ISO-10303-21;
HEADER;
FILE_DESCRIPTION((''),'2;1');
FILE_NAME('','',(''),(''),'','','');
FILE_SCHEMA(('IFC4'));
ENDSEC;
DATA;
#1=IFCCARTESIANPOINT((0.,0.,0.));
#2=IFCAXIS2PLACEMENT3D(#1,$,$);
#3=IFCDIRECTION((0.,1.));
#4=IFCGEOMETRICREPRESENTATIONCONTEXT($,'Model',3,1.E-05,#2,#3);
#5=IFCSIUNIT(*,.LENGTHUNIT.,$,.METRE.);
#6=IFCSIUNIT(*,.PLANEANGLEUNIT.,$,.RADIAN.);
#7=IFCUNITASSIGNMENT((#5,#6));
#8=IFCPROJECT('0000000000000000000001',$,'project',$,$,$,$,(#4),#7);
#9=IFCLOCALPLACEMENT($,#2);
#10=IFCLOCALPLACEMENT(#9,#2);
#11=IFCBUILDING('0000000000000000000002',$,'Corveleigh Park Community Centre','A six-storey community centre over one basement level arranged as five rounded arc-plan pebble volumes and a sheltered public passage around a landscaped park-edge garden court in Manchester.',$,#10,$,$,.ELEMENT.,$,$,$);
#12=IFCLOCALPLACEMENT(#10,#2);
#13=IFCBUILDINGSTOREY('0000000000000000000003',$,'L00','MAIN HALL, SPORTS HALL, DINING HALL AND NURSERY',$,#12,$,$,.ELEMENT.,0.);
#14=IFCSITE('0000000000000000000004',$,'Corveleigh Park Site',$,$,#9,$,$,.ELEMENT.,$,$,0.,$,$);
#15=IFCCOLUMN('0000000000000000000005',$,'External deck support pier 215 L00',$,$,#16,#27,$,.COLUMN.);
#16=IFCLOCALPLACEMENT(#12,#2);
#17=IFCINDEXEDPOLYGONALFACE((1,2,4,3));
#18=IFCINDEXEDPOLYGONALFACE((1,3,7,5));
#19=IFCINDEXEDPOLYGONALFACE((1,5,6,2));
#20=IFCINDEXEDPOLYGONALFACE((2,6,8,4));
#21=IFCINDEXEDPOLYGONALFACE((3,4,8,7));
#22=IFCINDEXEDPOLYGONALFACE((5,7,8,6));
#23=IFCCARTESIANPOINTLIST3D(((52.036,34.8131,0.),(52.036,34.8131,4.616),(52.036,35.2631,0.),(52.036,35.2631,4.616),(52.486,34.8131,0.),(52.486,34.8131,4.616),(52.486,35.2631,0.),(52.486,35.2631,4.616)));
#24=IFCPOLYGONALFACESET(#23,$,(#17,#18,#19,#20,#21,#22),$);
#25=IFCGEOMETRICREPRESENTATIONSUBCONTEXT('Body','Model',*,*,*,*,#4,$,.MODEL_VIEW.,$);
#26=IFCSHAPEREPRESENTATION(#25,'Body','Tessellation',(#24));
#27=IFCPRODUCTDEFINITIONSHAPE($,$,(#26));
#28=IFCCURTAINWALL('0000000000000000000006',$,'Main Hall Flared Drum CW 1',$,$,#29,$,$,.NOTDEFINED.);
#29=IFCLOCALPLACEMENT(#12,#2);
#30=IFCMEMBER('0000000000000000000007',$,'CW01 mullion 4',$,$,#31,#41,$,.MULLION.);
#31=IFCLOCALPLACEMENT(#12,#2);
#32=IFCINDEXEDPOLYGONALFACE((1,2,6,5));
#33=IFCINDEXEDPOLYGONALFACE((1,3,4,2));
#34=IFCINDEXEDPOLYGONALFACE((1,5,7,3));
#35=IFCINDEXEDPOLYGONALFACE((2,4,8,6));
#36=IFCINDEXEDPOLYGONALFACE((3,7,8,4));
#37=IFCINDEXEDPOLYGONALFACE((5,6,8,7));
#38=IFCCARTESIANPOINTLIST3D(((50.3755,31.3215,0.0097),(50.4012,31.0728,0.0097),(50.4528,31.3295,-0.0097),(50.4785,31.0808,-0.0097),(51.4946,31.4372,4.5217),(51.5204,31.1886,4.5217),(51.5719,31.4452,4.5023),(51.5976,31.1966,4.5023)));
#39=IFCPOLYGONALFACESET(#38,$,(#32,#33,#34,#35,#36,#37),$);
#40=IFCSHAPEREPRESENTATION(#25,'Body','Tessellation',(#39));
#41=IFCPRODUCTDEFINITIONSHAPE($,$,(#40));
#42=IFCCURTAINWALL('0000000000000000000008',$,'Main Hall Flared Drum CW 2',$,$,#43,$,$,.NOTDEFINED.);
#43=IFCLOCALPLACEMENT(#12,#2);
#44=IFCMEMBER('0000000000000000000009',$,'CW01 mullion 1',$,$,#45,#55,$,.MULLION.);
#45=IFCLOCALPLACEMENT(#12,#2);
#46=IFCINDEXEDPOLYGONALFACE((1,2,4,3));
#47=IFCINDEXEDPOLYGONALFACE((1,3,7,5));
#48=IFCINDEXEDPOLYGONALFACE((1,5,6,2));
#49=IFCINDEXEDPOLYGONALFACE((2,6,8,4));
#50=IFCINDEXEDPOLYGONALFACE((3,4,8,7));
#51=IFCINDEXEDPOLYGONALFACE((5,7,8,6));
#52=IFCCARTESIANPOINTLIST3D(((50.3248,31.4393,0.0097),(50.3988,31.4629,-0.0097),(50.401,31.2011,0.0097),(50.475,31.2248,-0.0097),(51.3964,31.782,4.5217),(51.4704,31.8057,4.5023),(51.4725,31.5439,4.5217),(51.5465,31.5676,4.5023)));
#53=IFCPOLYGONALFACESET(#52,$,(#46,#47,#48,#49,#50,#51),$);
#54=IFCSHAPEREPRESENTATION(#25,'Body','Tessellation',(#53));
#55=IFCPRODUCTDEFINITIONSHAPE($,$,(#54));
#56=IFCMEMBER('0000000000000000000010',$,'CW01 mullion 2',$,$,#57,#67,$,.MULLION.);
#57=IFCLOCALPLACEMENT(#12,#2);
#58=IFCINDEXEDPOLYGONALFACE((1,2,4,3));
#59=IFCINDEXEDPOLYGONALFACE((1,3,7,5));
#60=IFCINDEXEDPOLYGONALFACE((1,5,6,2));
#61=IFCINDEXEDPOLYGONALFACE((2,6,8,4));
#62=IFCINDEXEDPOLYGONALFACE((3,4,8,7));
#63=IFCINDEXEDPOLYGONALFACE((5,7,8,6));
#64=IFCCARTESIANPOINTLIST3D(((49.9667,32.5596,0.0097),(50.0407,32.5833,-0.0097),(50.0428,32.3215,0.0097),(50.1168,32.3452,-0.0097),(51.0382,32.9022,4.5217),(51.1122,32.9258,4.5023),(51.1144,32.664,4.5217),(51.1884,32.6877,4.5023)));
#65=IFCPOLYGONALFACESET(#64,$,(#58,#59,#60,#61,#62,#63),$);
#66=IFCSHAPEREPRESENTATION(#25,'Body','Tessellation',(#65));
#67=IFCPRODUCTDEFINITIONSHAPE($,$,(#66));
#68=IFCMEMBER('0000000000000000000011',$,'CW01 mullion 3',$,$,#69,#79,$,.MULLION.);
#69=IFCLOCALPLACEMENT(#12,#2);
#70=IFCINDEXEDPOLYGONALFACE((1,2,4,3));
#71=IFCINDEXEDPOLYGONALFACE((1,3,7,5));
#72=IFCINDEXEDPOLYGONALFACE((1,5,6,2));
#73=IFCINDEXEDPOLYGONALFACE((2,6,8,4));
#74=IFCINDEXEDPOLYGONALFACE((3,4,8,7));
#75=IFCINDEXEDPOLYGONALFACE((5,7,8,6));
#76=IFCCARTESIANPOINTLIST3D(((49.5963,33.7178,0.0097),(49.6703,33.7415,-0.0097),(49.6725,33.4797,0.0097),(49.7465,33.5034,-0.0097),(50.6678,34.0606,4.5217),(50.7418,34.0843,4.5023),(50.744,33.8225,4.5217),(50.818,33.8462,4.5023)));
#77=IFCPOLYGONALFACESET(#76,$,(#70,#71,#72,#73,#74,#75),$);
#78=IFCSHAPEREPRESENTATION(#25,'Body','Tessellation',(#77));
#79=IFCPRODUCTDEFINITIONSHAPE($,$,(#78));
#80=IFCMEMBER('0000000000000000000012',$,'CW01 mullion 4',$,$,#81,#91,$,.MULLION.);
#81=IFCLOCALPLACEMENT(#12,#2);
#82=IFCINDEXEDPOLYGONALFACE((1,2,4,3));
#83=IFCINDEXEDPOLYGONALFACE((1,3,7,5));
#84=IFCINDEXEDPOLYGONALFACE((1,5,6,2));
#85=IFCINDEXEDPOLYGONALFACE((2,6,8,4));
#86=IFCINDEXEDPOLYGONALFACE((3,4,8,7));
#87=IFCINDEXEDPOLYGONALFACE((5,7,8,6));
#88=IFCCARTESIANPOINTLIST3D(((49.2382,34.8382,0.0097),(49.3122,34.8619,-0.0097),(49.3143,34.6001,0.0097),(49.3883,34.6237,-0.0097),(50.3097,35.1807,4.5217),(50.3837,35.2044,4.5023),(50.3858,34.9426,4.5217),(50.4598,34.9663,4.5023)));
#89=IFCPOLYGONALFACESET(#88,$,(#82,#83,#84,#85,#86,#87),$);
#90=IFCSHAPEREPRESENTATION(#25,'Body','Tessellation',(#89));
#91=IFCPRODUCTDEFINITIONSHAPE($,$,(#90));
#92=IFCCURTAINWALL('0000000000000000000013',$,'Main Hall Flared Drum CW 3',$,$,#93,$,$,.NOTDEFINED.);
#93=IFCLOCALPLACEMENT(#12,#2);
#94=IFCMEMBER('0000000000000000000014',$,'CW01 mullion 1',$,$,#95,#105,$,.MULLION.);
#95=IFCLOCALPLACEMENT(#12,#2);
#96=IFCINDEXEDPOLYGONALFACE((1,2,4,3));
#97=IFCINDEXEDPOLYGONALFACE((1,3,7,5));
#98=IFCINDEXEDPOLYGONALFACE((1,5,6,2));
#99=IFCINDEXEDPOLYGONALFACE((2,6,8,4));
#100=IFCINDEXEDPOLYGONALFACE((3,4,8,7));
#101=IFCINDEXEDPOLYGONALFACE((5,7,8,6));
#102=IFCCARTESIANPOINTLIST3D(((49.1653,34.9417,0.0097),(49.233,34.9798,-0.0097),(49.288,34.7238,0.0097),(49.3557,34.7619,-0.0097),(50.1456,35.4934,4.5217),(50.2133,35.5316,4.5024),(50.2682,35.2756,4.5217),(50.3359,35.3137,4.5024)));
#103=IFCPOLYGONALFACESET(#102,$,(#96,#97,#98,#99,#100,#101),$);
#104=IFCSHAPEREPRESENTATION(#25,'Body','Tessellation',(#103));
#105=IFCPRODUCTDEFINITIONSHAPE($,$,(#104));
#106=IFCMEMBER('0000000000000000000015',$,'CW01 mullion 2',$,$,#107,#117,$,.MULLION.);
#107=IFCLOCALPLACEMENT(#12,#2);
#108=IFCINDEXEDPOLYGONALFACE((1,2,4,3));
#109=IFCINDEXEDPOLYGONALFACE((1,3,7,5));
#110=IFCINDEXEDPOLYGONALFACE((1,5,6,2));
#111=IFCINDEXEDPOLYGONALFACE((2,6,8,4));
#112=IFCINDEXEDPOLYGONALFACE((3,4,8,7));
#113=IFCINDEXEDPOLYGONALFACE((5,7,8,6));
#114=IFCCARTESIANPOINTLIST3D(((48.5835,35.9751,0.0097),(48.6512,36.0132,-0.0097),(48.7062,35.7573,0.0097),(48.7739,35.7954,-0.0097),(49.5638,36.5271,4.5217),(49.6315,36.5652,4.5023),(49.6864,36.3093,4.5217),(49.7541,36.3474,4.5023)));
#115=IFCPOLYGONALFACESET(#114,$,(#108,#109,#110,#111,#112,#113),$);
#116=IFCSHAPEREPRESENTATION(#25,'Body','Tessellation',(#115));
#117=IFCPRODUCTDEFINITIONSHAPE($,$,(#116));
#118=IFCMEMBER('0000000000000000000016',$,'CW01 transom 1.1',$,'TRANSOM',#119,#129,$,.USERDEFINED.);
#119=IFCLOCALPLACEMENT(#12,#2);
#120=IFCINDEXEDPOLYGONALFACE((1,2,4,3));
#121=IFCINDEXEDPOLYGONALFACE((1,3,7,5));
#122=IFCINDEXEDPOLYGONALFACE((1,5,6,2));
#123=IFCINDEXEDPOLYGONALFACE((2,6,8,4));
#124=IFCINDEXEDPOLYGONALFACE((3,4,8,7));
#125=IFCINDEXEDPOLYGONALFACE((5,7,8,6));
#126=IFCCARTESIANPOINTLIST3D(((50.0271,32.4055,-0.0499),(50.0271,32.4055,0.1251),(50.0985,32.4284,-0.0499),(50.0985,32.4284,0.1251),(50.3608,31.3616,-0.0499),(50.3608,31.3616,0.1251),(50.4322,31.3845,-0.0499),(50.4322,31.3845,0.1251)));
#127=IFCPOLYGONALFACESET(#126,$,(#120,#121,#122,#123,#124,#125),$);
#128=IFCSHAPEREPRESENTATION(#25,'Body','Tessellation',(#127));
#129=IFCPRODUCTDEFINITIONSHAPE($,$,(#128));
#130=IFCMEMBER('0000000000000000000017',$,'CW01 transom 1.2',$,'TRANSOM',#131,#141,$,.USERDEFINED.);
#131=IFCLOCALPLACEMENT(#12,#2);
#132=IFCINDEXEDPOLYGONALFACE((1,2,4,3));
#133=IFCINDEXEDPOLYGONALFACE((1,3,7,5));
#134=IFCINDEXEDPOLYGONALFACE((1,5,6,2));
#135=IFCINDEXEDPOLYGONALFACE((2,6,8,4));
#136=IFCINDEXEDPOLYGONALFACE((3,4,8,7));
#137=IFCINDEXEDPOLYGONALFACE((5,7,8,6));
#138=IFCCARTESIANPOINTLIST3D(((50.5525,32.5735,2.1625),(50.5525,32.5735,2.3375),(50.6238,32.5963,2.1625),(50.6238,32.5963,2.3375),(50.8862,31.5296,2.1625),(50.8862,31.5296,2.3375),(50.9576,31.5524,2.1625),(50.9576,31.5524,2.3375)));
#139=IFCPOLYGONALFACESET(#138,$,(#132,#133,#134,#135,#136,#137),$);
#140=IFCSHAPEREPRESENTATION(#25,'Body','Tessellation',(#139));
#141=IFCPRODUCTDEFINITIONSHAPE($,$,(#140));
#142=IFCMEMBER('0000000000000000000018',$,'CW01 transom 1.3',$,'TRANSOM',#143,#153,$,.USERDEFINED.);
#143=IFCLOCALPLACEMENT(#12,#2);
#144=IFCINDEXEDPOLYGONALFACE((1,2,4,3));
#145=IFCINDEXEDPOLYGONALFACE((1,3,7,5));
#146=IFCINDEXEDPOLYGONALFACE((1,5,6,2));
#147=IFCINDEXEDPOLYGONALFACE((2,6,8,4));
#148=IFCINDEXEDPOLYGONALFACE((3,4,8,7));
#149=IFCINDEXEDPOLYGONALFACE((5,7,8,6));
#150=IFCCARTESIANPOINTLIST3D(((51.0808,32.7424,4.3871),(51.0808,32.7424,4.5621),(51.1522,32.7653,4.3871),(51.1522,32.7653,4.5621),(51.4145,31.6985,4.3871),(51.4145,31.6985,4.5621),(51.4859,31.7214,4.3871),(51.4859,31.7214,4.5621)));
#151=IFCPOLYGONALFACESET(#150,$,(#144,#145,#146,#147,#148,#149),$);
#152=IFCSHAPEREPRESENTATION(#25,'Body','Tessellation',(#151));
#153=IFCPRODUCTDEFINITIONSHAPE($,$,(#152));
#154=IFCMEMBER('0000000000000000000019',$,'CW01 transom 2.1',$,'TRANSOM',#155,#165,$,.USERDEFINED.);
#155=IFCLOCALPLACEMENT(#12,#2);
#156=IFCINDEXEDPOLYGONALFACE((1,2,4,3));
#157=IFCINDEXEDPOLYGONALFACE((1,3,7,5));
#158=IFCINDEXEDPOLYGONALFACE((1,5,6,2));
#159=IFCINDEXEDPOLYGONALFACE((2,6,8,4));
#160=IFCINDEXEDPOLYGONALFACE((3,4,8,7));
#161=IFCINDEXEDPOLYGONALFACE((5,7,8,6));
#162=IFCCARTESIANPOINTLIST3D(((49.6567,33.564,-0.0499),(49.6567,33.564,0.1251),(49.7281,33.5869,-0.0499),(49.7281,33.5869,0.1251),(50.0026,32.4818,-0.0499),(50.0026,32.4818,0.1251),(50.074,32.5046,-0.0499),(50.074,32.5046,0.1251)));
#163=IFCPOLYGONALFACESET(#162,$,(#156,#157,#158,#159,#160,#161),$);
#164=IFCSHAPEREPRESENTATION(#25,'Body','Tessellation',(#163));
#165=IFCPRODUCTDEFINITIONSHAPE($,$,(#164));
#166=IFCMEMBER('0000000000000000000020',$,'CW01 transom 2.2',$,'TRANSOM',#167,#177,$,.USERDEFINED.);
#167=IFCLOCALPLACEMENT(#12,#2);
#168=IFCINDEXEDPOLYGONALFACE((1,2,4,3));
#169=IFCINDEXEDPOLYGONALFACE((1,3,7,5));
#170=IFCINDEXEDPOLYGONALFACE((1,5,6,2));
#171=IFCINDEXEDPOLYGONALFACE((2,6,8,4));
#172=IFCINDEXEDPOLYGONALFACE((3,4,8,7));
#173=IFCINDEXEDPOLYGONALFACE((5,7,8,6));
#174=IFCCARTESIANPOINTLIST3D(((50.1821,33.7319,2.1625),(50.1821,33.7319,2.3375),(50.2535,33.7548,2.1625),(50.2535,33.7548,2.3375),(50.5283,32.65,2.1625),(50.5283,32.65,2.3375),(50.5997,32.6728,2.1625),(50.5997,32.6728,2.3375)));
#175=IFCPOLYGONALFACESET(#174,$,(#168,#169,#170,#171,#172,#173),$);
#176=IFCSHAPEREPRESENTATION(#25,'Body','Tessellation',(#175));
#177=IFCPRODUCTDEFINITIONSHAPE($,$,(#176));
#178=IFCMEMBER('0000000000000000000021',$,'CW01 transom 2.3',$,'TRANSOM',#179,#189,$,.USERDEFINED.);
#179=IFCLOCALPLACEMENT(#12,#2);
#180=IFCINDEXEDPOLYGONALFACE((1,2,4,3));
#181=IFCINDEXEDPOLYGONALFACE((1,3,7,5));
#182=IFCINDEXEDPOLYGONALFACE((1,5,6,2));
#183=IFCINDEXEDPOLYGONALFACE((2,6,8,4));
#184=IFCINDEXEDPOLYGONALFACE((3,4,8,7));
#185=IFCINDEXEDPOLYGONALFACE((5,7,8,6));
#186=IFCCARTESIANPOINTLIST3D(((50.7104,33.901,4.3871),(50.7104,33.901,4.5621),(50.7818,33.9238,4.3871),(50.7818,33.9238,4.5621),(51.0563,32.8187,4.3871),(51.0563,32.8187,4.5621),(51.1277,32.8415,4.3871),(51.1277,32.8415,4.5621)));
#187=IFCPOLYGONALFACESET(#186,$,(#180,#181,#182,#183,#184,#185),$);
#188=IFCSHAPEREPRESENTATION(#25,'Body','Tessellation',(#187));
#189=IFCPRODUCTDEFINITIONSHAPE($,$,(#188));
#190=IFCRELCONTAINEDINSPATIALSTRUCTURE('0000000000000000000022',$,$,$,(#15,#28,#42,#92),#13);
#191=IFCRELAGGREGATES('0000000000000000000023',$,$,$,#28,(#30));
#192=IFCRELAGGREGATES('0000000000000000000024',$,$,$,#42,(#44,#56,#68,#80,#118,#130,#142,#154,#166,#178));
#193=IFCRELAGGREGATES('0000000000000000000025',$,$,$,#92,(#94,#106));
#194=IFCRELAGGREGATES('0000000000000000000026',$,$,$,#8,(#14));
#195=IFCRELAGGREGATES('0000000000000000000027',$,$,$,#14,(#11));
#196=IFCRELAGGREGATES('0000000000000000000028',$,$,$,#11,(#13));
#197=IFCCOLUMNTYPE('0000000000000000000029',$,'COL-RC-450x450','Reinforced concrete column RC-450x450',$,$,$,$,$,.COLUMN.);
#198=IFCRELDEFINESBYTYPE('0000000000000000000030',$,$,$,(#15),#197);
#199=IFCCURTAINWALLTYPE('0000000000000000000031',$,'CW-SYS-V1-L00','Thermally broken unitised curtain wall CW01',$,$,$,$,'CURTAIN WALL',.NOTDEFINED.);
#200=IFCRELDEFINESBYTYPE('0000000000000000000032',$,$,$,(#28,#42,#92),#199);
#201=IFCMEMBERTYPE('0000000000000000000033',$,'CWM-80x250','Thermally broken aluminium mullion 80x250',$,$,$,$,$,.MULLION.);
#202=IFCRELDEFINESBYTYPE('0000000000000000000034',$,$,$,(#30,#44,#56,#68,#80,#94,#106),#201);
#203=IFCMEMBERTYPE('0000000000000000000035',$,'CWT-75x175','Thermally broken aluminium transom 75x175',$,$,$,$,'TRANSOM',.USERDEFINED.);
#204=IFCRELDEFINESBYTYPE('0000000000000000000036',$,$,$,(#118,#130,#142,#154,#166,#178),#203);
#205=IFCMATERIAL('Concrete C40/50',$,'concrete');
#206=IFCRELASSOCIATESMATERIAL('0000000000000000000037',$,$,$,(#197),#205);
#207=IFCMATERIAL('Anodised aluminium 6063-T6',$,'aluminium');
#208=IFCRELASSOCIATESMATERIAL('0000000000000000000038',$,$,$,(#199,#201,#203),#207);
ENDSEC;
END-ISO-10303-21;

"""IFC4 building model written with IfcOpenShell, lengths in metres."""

from ifc_helpers import new_model, si_unit, direction, frame, origin, origin_2d, place, context, subcontext, project, spatial, rectangle, extrude, material, material_profile, profile_set, type_object, element, aggregate, save


model = new_model("IFC4")

# Units and contexts
model_context = context("Model", 3, precision=1e-05, world=origin(), true_north=direction((0.0, 1.0)))
body_context = subcontext(model_context, "Body", "Model", "MODEL_VIEW")
ifc_project = project(units=[si_unit("LENGTHUNIT", "METRE"), si_unit("PLANEANGLEUNIT", "RADIAN")], contexts=[model_context])

# Site, building, storey
site_placement = place(None, origin())
site = spatial("IfcSite", under=ifc_project, at=site_placement, Name="Corveleigh Park Site", CompositionType="ELEMENT", RefElevation=0.0)
building_placement = place(site_placement, origin())
building = spatial("IfcBuilding", under=site, at=building_placement, Name="Corveleigh Park Community Centre", Description="A six-storey community centre over one basement level arranged as five rounded arc-plan pebble volumes and a sheltered public passage around a landscaped park-edge garden court in Manchester.", CompositionType="ELEMENT")
storey_placement = place(building_placement, origin())
storey = spatial("IfcBuildingStorey", under=building, at=storey_placement, Name="L00", Description="MAIN HALL, SPORTS HALL, DINING HALL AND NURSERY", CompositionType="ELEMENT", Elevation=0.0)

# Column
ifc_material_1 = material(Name="Concrete C40/50", Category="concrete")
ifc_material_profile_1 = material_profile(ifc_material_1, rectangle(XDim=0.45, YDim=0.45, at=origin_2d()), Name="RC-450x450", Category="concrete")
ifc_profile_set_1 = profile_set([ifc_material_profile_1], Name="Concrete C40/50")
column_type = type_object("IfcColumnType", Name="COL-RC-450x450", Description="Reinforced concrete column RC-450x450", PredefinedType="COLUMN", material=ifc_profile_set_1)
column_placement = place(storey_placement, frame((52.261, 35.0381, 0.0), z_axis=(0.0, 0.0, 1.0), x_axis=(1.0, 0.0, 0.0)))
element("IfcColumn", 1, at=column_placement, inside=storey, type_object=column_type, Name="External deck support pier 215 L00", PredefinedType="COLUMN", context=body_context, shape_type="SweptSolid", body=[
    extrude(rectangle(XDim=0.45, YDim=0.45, at=origin_2d()), origin(), (0.0, 0.0, 1.0), 4.616),
])

# Curtain wall, member
ifc_material_2 = material(Name="Anodised aluminium 6063-T6", Category="aluminium")
curtain_wall_type = type_object("IfcCurtainWallType", Name="CW-SYS-V1-L00", Description="Thermally broken unitised curtain wall CW01", ElementType="CURTAIN WALL", PredefinedType="NOTDEFINED", material=ifc_material_2)
curtain_wall_1_placement = place(storey_placement, origin())
curtain_wall_1 = element("IfcCurtainWall", 2, at=curtain_wall_1_placement, inside=storey, type_object=curtain_wall_type, Name="Main Hall Flared Drum CW 1", PredefinedType="NOTDEFINED")
ifc_material_profile_2 = material_profile(ifc_material_2, rectangle(XDim=0.0801, YDim=0.25, at=origin_2d()), Name="ALU-M80x250", Category="aluminium")
ifc_profile_set_2 = profile_set([ifc_material_profile_2], Name="Anodised aluminium 6063-T6")
member_type_1 = type_object("IfcMemberType", Name="CWM-80x250", Description="Thermally broken aluminium mullion 80x250", PredefinedType="MULLION", material=ifc_profile_set_2)
member_1_placement = place(storey_placement, frame((50.427, 31.2012, 0.0), z_axis=(0.240669, 0.024886, 0.970288), x_axis=(-0.965142, -0.099799, 0.241952)))
member_1 = element("IfcMember", 3, at=member_1_placement, type_object=member_type_1, Name="CW01 mullion 4", PredefinedType="MULLION", context=body_context, shape_type="SweptSolid", body=[
    extrude(rectangle(XDim=0.0801, YDim=0.25, at=origin_2d()), origin(), (0.0, 0.0, 1.0), 4.6501),
])
aggregate(curtain_wall_1, [member_1])

# Curtain walls, members
curtain_wall_2_placement = place(storey_placement, origin())
curtain_wall_2 = element("IfcCurtainWall", 4, at=curtain_wall_2_placement, inside=storey, type_object=curtain_wall_type, Name="Main Hall Flared Drum CW 2", PredefinedType="NOTDEFINED")
member_2_placement = place(storey_placement, frame((50.3999, 31.332, 0.0), z_axis=(0.230432, 0.073713, 0.970292), x_axis=(-0.924159, -0.29563, 0.241935)))
member_2 = element("IfcMember", 5, at=member_2_placement, type_object=member_type_1, Name="CW01 mullion 1", PredefinedType="MULLION", context=body_context, shape_type="SweptSolid", body=[
    extrude(rectangle(XDim=0.0801, YDim=0.25, at=origin_2d()), origin(), (0.0, 0.0, 1.0), 4.6501),
])
member_3_placement = place(storey_placement, frame((50.0417, 32.4524, 0.0), z_axis=(0.230433, 0.073661, 0.970296), x_axis=(-0.924224, -0.29544, 0.24192)))
member_3 = element("IfcMember", 6, at=member_3_placement, type_object=member_type_1, Name="CW01 mullion 2", PredefinedType="MULLION", context=body_context, shape_type="SweptSolid", body=[
    extrude(rectangle(XDim=0.0801, YDim=0.25, at=origin_2d()), origin(), (0.0, 0.0, 1.0), 4.6501),
])
member_4_placement = place(storey_placement, frame((49.6714, 33.6106, 0.0), z_axis=(0.230432, 0.073713, 0.970292), x_axis=(-0.924159, -0.29563, 0.241935)))
member_4 = element("IfcMember", 7, at=member_4_placement, type_object=member_type_1, Name="CW01 mullion 3", PredefinedType="MULLION", context=body_context, shape_type="SweptSolid", body=[
    extrude(rectangle(XDim=0.0801, YDim=0.25, at=origin_2d()), origin(), (0.0, 0.0, 1.0), 4.6501),
])
member_5_placement = place(storey_placement, frame((49.3132, 34.731, 0.0), z_axis=(0.230433, 0.073661, 0.970296), x_axis=(-0.924224, -0.29544, 0.24192)))
member_5 = element("IfcMember", 8, at=member_5_placement, type_object=member_type_1, Name="CW01 mullion 4", PredefinedType="MULLION", context=body_context, shape_type="SweptSolid", body=[
    extrude(rectangle(XDim=0.0801, YDim=0.25, at=origin_2d()), origin(), (0.0, 0.0, 1.0), 4.6501),
])
curtain_wall_3_placement = place(storey_placement, origin())
curtain_wall_3 = element("IfcCurtainWall", 9, at=curtain_wall_3_placement, inside=storey, type_object=curtain_wall_type, Name="Main Hall Flared Drum CW 3", PredefinedType="NOTDEFINED")
member_6_placement = place(storey_placement, frame((49.2605, 34.8518, 0.0), z_axis=(0.210798, 0.118656, 0.970301), x_axis=(-0.84555, -0.475951, 0.241899)))
member_6 = element("IfcMember", 10, at=member_6_placement, type_object=member_type_1, Name="CW01 mullion 1", PredefinedType="MULLION", context=body_context, shape_type="SweptSolid", body=[
    extrude(rectangle(XDim=0.0801, YDim=0.25, at=origin_2d()), origin(), (0.0, 0.0, 1.0), 4.6501),
])
member_7_placement = place(storey_placement, frame((48.6787, 35.8853, 0.0), z_axis=(0.210797, 0.118708, 0.970295), x_axis=(-0.845455, -0.476108, 0.241923)))
member_7 = element("IfcMember", 11, at=member_7_placement, type_object=member_type_1, Name="CW01 mullion 2", PredefinedType="MULLION", context=body_context, shape_type="SweptSolid", body=[
    extrude(rectangle(XDim=0.0801, YDim=0.25, at=origin_2d()), origin(), (0.0, 0.0, 1.0), 4.6501),
])

# Members
ifc_material_profile_3 = material_profile(ifc_material_2, rectangle(XDim=0.075, YDim=0.175, at=origin_2d()), Name="ALU-T75x175", Category="aluminium")
ifc_profile_set_3 = profile_set([ifc_material_profile_3], Name="Anodised aluminium 6063-T6")
member_type_2 = type_object("IfcMemberType", Name="CWT-75x175", Description="Thermally broken aluminium transom 75x175", ElementType="TRANSOM", PredefinedType="USERDEFINED", material=ifc_profile_set_3)
member_8_placement = place(storey_placement, frame((50.3965, 31.373, 0.0376), z_axis=(-0.304509, 0.952509, 0.0), x_axis=(-0.952509, -0.304509, 0.0)))
member_8 = element("IfcMember", 12, at=member_8_placement, type_object=member_type_2, Name="CW01 transom 1.1", ObjectType="TRANSOM", PredefinedType="USERDEFINED", context=body_context, shape_type="SweptSolid", body=[
    extrude(rectangle(XDim=0.075, YDim=0.175, at=origin_2d()), origin(), (0.0, 0.0, 1.0), 1.0959),
])
member_9_placement = place(storey_placement, frame((50.9219, 31.541, 2.25), z_axis=(-0.304509, 0.952509, 0.0), x_axis=(-0.952509, -0.304509, 0.0)))
member_9 = element("IfcMember", 13, at=member_9_placement, type_object=member_type_2, Name="CW01 transom 1.2", ObjectType="TRANSOM", PredefinedType="USERDEFINED", context=body_context, shape_type="SweptSolid", body=[
    extrude(rectangle(XDim=0.075, YDim=0.175, at=origin_2d()), origin(), (0.0, 0.0, 1.0), 1.0959),
])
member_10_placement = place(storey_placement, frame((51.4502, 31.71, 4.4746), z_axis=(-0.304509, 0.952509, 0.0), x_axis=(-0.952509, -0.304509, 0.0)))
member_10 = element("IfcMember", 14, at=member_10_placement, type_object=member_type_2, Name="CW01 transom 1.3", ObjectType="TRANSOM", PredefinedType="USERDEFINED", context=body_context, shape_type="SweptSolid", body=[
    extrude(rectangle(XDim=0.075, YDim=0.175, at=origin_2d()), origin(), (0.0, 0.0, 1.0), 1.0959),
])
member_11_placement = place(storey_placement, frame((50.0383, 32.4932, 0.0376), z_axis=(-0.304472, 0.952521, 0.0), x_axis=(-0.952521, -0.304472, 0.0)))
member_11 = element("IfcMember", 15, at=member_11_placement, type_object=member_type_2, Name="CW01 transom 2.1", ObjectType="TRANSOM", PredefinedType="USERDEFINED", context=body_context, shape_type="SweptSolid", body=[
    extrude(rectangle(XDim=0.075, YDim=0.175, at=origin_2d()), origin(), (0.0, 0.0, 1.0), 1.1362),
])
member_12_placement = place(storey_placement, frame((50.564, 32.6614, 2.25), z_axis=(-0.304729, 0.952439, 0.0), x_axis=(-0.952439, -0.304729, 0.0)))
member_12 = element("IfcMember", 16, at=member_12_placement, type_object=member_type_2, Name="CW01 transom 2.2", ObjectType="TRANSOM", PredefinedType="USERDEFINED", context=body_context, shape_type="SweptSolid", body=[
    extrude(rectangle(XDim=0.075, YDim=0.175, at=origin_2d()), origin(), (0.0, 0.0, 1.0), 1.136),
])
member_13_placement = place(storey_placement, frame((51.092, 32.8301, 4.4746), z_axis=(-0.304472, 0.952521, 0.0), x_axis=(-0.952521, -0.304472, 0.0)))
member_13 = element("IfcMember", 17, at=member_13_placement, type_object=member_type_2, Name="CW01 transom 2.3", ObjectType="TRANSOM", PredefinedType="USERDEFINED", context=body_context, shape_type="SweptSolid", body=[
    extrude(rectangle(XDim=0.075, YDim=0.175, at=origin_2d()), origin(), (0.0, 0.0, 1.0), 1.1362),
])

aggregate(curtain_wall_2, [member_2, member_3, member_4, member_5, member_8, member_9, member_10, member_11, member_12, member_13])
aggregate(curtain_wall_3, [member_6, member_7])

save(model, "model.ifc")
